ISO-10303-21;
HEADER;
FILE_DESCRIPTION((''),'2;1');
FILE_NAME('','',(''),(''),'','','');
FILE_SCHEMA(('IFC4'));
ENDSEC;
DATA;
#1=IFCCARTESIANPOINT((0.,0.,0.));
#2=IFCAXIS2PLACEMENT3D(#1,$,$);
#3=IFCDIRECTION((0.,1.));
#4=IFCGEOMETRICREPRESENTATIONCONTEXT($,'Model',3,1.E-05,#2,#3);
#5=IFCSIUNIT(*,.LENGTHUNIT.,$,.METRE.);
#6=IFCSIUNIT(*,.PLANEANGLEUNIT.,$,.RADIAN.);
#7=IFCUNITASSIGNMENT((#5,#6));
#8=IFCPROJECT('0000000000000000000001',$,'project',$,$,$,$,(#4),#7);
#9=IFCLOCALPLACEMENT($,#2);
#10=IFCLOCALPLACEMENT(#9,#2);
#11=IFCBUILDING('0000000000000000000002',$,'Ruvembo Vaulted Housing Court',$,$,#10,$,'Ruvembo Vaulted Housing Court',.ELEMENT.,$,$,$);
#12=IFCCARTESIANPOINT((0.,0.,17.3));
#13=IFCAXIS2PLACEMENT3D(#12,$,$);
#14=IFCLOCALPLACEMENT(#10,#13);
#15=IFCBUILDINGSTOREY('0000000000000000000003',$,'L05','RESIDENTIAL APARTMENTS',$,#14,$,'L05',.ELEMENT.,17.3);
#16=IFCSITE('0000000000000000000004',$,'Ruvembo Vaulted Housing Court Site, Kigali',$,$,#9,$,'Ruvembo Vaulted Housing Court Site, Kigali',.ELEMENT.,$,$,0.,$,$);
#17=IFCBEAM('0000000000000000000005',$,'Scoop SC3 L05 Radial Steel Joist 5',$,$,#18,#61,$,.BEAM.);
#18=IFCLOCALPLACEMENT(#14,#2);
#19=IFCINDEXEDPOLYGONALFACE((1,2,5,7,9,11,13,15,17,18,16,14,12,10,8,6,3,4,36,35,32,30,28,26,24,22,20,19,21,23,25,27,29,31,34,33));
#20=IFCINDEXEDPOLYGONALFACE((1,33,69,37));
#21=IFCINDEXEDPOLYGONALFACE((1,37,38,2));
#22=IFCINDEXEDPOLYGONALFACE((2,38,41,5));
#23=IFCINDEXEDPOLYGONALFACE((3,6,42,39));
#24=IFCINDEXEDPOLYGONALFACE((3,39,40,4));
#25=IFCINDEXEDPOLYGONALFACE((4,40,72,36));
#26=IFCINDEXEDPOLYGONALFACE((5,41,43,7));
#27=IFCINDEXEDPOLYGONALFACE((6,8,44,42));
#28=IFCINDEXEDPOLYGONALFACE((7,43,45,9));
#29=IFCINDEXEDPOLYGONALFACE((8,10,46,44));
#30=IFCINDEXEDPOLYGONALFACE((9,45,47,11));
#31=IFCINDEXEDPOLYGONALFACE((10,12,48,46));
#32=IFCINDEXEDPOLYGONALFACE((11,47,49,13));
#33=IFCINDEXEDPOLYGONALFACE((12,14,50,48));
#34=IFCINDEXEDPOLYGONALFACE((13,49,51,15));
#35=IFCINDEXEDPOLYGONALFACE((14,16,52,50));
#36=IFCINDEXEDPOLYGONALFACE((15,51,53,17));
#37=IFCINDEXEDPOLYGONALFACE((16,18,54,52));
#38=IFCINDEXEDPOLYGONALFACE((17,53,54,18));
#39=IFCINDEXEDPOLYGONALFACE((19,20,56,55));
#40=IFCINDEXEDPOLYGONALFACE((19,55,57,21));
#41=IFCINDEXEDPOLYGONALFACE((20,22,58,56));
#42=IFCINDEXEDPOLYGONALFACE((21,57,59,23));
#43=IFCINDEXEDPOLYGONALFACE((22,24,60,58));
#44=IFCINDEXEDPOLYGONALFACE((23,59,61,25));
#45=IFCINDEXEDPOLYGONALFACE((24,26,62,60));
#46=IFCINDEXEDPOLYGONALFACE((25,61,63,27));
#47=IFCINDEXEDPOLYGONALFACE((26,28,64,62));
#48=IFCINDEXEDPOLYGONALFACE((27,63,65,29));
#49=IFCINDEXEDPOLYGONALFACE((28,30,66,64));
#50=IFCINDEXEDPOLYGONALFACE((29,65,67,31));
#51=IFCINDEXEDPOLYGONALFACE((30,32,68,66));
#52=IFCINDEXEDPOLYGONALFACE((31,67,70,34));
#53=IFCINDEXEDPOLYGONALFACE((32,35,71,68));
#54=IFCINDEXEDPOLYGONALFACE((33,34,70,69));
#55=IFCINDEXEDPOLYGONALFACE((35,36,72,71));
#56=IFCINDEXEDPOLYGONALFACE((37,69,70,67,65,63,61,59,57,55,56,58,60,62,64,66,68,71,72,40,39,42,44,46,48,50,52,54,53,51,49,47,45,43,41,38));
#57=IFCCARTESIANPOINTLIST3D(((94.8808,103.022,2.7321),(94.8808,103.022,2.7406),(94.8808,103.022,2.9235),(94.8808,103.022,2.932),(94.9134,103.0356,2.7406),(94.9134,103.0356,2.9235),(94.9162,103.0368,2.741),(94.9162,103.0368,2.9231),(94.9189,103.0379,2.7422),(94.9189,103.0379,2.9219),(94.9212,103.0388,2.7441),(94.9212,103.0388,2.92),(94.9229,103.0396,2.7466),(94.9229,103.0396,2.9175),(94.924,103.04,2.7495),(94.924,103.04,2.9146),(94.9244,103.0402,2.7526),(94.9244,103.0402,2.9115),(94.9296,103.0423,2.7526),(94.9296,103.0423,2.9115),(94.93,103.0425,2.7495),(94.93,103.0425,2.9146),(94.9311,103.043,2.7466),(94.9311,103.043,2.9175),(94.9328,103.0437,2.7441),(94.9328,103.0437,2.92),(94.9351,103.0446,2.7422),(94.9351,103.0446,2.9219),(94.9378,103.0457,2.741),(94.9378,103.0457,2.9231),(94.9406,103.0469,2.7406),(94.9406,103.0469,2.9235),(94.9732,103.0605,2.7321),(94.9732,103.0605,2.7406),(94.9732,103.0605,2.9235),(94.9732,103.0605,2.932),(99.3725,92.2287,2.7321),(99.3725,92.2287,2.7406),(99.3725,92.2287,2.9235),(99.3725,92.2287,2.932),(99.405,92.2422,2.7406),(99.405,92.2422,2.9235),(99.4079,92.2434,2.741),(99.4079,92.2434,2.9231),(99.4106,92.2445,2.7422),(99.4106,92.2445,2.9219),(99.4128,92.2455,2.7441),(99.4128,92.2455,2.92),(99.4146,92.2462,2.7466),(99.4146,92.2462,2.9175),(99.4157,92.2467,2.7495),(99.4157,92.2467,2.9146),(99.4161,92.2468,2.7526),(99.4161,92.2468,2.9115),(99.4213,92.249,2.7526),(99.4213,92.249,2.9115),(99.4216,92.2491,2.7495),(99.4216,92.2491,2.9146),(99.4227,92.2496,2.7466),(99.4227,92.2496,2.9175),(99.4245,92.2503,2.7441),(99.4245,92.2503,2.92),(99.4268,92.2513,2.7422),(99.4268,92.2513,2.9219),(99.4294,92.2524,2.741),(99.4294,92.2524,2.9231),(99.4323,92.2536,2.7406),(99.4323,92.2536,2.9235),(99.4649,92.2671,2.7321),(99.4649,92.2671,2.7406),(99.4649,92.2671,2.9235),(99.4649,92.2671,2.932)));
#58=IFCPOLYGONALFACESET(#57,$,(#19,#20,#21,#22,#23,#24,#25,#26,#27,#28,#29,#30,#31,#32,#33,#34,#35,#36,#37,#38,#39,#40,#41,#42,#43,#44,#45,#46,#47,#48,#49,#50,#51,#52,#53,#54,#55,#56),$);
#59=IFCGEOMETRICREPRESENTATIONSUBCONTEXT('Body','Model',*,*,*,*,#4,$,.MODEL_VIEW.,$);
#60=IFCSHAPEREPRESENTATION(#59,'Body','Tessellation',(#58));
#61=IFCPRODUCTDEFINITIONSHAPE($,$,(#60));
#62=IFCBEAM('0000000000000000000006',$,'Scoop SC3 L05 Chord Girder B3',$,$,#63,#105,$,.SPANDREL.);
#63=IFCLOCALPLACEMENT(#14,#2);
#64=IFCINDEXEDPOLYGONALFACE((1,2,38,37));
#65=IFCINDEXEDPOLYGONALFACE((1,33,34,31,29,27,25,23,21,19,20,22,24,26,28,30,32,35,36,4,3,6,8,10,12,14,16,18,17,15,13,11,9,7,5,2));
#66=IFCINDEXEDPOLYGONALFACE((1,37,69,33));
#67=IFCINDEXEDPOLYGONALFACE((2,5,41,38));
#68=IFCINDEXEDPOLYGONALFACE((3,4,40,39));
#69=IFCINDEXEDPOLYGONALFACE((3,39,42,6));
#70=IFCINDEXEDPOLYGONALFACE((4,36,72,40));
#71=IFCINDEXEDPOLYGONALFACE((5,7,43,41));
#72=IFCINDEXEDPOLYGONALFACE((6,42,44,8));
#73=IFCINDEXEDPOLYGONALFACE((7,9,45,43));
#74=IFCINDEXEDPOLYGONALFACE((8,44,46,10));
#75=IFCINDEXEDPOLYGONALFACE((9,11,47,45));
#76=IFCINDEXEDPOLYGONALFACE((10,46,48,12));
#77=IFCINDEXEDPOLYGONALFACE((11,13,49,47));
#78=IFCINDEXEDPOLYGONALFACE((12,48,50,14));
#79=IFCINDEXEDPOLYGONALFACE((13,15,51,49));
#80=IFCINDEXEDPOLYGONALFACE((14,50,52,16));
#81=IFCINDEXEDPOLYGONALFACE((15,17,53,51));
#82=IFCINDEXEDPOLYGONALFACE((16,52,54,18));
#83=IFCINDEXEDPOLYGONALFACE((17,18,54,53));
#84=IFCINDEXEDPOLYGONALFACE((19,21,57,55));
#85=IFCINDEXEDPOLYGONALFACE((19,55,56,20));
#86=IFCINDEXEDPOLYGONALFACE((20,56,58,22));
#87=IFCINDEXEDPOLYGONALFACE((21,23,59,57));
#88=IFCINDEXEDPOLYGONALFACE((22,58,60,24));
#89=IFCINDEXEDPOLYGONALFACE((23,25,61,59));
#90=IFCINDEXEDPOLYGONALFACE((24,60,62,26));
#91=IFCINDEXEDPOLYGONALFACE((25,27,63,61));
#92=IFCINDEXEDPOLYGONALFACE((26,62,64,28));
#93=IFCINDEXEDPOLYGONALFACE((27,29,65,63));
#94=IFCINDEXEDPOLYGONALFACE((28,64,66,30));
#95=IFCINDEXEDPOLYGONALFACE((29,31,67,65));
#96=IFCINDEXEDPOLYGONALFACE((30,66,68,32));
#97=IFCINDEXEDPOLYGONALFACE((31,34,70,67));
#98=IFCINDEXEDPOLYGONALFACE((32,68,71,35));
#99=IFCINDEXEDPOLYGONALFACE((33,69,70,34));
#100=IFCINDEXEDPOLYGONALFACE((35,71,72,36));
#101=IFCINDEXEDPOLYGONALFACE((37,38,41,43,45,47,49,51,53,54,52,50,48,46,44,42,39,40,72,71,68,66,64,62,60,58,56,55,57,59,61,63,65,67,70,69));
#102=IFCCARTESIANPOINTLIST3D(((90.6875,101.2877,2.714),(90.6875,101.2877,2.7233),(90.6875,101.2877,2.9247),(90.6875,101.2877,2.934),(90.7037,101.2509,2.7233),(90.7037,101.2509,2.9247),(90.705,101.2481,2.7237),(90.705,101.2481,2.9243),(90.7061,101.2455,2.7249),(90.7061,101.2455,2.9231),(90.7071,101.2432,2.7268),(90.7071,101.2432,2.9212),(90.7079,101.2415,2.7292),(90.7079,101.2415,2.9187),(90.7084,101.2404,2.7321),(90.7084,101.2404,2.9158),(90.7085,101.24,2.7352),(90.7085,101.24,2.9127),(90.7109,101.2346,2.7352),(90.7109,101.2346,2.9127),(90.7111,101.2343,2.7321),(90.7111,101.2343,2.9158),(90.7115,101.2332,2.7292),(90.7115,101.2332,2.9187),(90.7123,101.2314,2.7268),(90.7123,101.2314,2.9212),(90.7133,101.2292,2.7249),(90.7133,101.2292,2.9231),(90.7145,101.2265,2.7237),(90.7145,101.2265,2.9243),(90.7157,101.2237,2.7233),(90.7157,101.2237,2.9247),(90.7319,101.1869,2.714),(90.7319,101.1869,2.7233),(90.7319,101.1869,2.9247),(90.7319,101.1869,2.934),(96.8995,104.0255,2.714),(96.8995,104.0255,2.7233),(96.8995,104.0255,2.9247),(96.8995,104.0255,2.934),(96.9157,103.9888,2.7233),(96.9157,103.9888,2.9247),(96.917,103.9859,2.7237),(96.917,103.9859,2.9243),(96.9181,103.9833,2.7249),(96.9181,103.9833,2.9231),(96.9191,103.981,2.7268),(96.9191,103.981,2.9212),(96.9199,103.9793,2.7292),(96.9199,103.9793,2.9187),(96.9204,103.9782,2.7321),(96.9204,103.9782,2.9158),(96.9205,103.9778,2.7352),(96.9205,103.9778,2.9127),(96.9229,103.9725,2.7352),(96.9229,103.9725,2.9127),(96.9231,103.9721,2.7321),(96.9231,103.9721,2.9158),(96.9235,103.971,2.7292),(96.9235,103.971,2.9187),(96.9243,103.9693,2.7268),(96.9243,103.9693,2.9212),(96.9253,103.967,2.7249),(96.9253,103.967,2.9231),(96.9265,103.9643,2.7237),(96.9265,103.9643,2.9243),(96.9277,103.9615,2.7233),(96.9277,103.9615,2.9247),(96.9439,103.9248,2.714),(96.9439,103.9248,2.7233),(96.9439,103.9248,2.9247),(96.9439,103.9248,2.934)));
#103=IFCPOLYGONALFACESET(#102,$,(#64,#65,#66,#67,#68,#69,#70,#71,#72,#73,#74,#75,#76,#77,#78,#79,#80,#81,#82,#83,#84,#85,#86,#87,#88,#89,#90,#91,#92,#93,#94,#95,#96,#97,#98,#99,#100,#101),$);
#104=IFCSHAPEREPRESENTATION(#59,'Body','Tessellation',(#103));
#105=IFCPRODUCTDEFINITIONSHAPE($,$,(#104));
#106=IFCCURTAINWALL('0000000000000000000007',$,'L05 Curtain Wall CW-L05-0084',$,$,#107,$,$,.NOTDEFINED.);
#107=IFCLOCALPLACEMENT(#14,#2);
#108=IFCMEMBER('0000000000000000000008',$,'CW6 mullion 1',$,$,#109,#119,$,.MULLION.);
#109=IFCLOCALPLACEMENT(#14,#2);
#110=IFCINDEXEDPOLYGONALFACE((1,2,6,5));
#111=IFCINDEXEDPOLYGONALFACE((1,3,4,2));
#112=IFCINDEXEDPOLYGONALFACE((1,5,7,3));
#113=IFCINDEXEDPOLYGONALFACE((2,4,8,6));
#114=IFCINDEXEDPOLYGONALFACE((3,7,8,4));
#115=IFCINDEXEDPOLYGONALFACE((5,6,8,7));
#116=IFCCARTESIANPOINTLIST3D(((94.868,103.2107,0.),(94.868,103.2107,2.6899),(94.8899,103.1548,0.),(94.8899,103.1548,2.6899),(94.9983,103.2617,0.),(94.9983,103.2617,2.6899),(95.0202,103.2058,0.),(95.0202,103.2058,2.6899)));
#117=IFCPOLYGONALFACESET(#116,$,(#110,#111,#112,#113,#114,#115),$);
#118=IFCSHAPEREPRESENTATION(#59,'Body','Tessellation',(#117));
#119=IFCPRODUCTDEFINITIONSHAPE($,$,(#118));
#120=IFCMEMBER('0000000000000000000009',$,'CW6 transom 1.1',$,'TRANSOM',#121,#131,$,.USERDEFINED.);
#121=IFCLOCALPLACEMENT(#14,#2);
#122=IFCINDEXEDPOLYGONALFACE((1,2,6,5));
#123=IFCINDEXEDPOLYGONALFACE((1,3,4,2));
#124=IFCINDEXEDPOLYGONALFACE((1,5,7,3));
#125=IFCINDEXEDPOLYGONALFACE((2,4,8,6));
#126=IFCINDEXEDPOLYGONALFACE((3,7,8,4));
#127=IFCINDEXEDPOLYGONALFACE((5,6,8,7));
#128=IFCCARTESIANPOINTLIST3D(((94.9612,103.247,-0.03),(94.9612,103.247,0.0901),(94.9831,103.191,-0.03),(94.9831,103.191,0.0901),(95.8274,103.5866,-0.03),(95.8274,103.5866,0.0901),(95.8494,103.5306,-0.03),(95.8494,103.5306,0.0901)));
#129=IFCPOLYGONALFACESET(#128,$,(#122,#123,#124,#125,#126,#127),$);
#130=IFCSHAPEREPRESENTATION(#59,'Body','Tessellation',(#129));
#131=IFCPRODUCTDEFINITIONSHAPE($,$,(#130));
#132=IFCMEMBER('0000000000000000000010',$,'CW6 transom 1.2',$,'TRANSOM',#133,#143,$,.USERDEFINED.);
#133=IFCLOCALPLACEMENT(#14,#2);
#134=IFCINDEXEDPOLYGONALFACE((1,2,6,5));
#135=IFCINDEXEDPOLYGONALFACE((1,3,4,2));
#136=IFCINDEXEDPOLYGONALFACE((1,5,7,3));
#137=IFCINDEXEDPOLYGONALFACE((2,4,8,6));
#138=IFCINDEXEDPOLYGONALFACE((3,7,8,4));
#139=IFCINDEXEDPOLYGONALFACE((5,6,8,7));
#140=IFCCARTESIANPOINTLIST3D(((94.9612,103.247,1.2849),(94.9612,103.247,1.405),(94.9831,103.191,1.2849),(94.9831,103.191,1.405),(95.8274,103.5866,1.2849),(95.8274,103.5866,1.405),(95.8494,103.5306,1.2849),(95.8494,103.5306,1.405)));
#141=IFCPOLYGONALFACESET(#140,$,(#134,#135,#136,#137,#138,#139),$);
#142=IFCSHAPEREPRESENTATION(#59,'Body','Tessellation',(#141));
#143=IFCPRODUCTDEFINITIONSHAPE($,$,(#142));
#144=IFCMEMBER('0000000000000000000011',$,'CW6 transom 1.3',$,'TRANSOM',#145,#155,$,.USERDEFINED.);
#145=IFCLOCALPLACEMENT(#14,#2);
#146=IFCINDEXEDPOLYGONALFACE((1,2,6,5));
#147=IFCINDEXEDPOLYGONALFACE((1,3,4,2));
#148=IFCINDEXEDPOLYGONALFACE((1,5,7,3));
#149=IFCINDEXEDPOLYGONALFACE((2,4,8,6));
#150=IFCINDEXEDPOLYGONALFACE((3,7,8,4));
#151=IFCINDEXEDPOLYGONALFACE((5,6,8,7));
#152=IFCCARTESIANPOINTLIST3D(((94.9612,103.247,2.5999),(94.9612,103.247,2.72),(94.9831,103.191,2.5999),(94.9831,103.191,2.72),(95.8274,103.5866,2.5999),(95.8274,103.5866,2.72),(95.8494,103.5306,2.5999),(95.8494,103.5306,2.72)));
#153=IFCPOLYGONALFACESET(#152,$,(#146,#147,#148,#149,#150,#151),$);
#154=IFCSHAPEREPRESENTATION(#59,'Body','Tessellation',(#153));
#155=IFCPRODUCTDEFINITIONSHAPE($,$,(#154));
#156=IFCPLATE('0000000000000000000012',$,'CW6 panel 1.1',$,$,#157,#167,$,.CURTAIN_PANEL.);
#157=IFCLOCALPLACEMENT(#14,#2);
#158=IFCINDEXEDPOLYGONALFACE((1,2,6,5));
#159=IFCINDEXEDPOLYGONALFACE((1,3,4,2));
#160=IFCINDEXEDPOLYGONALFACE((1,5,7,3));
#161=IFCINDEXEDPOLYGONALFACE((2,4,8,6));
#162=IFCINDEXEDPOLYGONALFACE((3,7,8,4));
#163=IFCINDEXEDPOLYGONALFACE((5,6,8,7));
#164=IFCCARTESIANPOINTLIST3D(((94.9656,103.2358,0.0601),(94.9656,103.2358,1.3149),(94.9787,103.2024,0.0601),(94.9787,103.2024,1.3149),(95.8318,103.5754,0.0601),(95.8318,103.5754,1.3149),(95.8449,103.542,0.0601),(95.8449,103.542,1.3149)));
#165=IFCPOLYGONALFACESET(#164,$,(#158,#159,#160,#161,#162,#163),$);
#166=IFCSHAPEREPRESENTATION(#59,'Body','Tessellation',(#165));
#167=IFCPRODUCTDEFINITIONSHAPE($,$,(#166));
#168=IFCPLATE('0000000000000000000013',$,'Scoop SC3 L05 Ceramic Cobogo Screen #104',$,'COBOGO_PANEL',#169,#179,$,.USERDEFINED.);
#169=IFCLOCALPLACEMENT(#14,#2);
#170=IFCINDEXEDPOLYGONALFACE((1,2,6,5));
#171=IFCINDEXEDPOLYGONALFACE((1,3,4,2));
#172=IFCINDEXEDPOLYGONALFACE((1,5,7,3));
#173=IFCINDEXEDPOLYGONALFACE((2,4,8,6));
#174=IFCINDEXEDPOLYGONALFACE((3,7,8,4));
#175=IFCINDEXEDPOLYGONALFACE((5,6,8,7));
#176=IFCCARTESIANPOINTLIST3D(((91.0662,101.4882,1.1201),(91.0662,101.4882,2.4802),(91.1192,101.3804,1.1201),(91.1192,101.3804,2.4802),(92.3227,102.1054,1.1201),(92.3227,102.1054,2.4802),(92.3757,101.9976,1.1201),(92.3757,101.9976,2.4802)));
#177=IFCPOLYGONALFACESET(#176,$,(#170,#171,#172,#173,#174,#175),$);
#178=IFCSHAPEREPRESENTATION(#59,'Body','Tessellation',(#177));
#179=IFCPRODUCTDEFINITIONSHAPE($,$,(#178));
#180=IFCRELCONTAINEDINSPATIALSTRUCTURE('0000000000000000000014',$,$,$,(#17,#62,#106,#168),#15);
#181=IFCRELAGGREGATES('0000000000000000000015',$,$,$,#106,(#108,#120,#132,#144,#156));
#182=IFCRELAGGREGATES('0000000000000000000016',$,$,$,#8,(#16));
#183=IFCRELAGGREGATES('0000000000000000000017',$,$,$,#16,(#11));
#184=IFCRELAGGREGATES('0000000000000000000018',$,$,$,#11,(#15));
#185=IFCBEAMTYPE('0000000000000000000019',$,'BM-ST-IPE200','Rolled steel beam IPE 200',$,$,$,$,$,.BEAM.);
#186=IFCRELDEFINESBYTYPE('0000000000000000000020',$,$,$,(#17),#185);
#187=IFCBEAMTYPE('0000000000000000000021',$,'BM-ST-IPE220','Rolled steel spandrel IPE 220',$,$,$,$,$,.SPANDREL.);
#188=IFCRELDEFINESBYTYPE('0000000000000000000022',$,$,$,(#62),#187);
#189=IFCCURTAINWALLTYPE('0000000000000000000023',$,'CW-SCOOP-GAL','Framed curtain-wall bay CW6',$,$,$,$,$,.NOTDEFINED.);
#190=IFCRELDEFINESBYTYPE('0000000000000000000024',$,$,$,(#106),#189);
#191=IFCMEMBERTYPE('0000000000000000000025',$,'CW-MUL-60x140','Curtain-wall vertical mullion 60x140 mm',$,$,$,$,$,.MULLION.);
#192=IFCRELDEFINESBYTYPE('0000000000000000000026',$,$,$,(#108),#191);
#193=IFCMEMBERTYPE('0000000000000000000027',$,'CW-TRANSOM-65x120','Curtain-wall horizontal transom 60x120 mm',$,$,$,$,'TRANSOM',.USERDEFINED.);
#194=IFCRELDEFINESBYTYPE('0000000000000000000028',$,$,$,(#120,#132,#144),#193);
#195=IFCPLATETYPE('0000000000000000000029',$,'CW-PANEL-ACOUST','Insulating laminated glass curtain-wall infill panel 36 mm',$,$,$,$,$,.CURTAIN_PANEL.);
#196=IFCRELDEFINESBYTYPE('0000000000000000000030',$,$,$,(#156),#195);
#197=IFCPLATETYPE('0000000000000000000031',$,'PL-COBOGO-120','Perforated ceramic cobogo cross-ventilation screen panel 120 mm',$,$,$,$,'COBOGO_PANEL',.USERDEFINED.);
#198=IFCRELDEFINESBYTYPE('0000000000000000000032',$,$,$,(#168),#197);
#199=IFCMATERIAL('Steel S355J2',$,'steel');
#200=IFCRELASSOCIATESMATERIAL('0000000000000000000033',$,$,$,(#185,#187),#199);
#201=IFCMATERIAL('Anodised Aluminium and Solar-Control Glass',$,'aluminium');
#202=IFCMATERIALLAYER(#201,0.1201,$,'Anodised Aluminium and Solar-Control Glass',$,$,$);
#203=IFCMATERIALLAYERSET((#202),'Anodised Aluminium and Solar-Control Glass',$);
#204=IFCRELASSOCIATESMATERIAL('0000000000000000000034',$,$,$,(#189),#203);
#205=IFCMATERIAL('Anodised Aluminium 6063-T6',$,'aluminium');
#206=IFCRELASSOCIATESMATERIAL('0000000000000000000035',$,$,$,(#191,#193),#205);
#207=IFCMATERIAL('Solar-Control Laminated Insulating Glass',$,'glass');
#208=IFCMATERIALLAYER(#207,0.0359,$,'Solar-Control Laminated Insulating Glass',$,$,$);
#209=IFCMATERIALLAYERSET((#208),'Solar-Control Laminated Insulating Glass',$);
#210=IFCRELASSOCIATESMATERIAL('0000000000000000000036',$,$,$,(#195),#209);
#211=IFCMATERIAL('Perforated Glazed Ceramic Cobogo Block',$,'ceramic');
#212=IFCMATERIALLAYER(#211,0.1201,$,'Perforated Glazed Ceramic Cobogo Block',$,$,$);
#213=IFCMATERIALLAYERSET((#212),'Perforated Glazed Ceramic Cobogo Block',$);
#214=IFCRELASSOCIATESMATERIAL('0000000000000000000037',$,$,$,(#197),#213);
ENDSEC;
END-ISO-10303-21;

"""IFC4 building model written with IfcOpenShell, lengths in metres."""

from ifc_helpers import new_model, si_unit, direction, frame, origin, origin_2d, place, context, subcontext, project, spatial, rectangle, i_section, extrude, material, layer, layer_set, material_profile, profile_set, type_object, element, aggregate, save


model = new_model("IFC4")

# Units and contexts
model_context = context("Model", 3, precision=1e-05, world=origin(), true_north=direction((0.0, 1.0)))
body_context = subcontext(model_context, "Body", "Model", "MODEL_VIEW")
ifc_project = project(units=[si_unit("LENGTHUNIT", "METRE"), si_unit("PLANEANGLEUNIT", "RADIAN")], contexts=[model_context])

# Site, building, storey
site_placement = place(None, origin())
site = spatial("IfcSite", under=ifc_project, at=site_placement, Name="Ruvembo Vaulted Housing Court Site, Kigali", LongName="Ruvembo Vaulted Housing Court Site, Kigali", CompositionType="ELEMENT", RefElevation=0.0)
building_placement = place(site_placement, origin())
building = spatial("IfcBuilding", under=site, at=building_placement, Name="Ruvembo Vaulted Housing Court", LongName="Ruvembo Vaulted Housing Court", CompositionType="ELEMENT")
storey_placement = place(building_placement, frame((0.0, 0.0, 17.3)))
storey = spatial("IfcBuildingStorey", under=building, at=storey_placement, Name="L05", Description="RESIDENTIAL APARTMENTS", LongName="L05", CompositionType="ELEMENT", Elevation=17.3)

# Beams
ifc_material_1 = material(Name="Steel S355J2", Category="steel")
ifc_material_profile_1 = material_profile(ifc_material_1, i_section(OverallWidth=0.1001, OverallDepth=0.2, WebThickness=0.0056, FlangeThickness=0.0085, FilletRadius=0.012, at=origin_2d()), Name="IPE 200")
ifc_profile_set_1 = profile_set([ifc_material_profile_1], Name="Steel S355J2")
beam_type_1 = type_object("IfcBeamType", Name="BM-ST-IPE200", Description="Rolled steel beam IPE 200", PredefinedType="BEAM", material=ifc_profile_set_1)
beam_1_placement = place(storey_placement, frame((94.927, 103.0413, 2.832), z_axis=(0.384209, -0.923246, 0.0), x_axis=(0.923246, 0.384209, 0.0)))
element("IfcBeam", 1, at=beam_1_placement, inside=storey, type_object=beam_type_1, Name="Scoop SC3 L05 Radial Steel Joist 5", PredefinedType="BEAM", context=body_context, shape_type="SweptSolid", body=[
    extrude(i_section(OverallWidth=0.1001, OverallDepth=0.2, WebThickness=0.0056, FlangeThickness=0.0085, FilletRadius=0.012, at=origin_2d()), origin(), (0.0, 0.0, 1.0), 11.6907),
])
ifc_material_profile_2 = material_profile(ifc_material_1, i_section(OverallWidth=0.1101, OverallDepth=0.22, WebThickness=0.0059, FlangeThickness=0.0093, FilletRadius=0.012, at=origin_2d()), Name="IPE 220")
ifc_profile_set_2 = profile_set([ifc_material_profile_2], Name="Steel S355J2")
beam_type_2 = type_object("IfcBeamType", Name="BM-ST-IPE220", Description="Rolled steel spandrel IPE 220", PredefinedType="SPANDREL", material=ifc_profile_set_2)
beam_2_placement = place(storey_placement, frame((90.7097, 101.2373, 2.824), z_axis=(0.915068, 0.4033, 0.0), x_axis=(-0.4033, 0.915068, 0.0)))
element("IfcBeam", 2, at=beam_2_placement, inside=storey, type_object=beam_type_2, Name="Scoop SC3 L05 Chord Girder B3", PredefinedType="SPANDREL", context=body_context, shape_type="SweptSolid", body=[
    extrude(i_section(OverallWidth=0.1101, OverallDepth=0.22, WebThickness=0.0059, FlangeThickness=0.0093, FilletRadius=0.012, at=origin_2d()), origin(), (0.0, 0.0, 1.0), 6.7886),
])

# Curtain wall, members, plate
ifc_material_2 = material(Name="Anodised Aluminium and Solar-Control Glass", Category="aluminium")
ifc_layer_1 = layer(ifc_material_2, 0.1201, Name="Anodised Aluminium and Solar-Control Glass")
ifc_layer_set_1 = layer_set([ifc_layer_1], Name="Anodised Aluminium and Solar-Control Glass")
curtain_wall_type = type_object("IfcCurtainWallType", Name="CW-SCOOP-GAL", Description="Framed curtain-wall bay CW6", PredefinedType="NOTDEFINED", material=ifc_layer_set_1)
curtain_wall_placement = place(storey_placement, origin())
curtain_wall = element("IfcCurtainWall", 3, at=curtain_wall_placement, inside=storey, type_object=curtain_wall_type, Name="L05 Curtain Wall CW-L05-0084", PredefinedType="NOTDEFINED")
ifc_material_3 = material(Name="Anodised Aluminium 6063-T6", Category="aluminium")
ifc_material_profile_3 = material_profile(ifc_material_3, rectangle(XDim=0.0601, YDim=0.1399, at=origin_2d()), Name="ALU 60x140")
ifc_profile_set_3 = profile_set([ifc_material_profile_3], Name="Anodised Aluminium 6063-T6")
member_type_1 = type_object("IfcMemberType", Name="CW-MUL-60x140", Description="Curtain-wall vertical mullion 60x140 mm", PredefinedType="MULLION", material=ifc_profile_set_3)
member_1_placement = place(storey_placement, frame((94.9441, 103.2083, 0.0), z_axis=(0.0, 0.0, 1.0), x_axis=(-0.365003, 0.931006, 0.0)))
member_1 = element("IfcMember", 4, at=member_1_placement, type_object=member_type_1, Name="CW6 mullion 1", PredefinedType="MULLION", context=body_context, shape_type="SweptSolid", body=[
    extrude(rectangle(XDim=0.0601, YDim=0.1399, at=origin_2d()), origin(), (0.0, 0.0, 1.0), 2.6899),
])
ifc_material_profile_4 = material_profile(ifc_material_3, rectangle(XDim=0.0601, YDim=0.1201, at=origin_2d()), Name="ALU 60x120")
ifc_profile_set_4 = profile_set([ifc_material_profile_4], Name="Anodised Aluminium 6063-T6")
member_type_2 = type_object("IfcMemberType", Name="CW-TRANSOM-65x120", Description="Curtain-wall horizontal transom 60x120 mm", ElementType="TRANSOM", PredefinedType="USERDEFINED", material=ifc_profile_set_4)
member_2_placement = place(storey_placement, frame((94.9722, 103.219, 0.03), z_axis=(0.931006, 0.365003, 0.0), x_axis=(-0.365003, 0.931006, 0.0)))
member_2 = element("IfcMember", 5, at=member_2_placement, type_object=member_type_2, Name="CW6 transom 1.1", ObjectType="TRANSOM", PredefinedType="USERDEFINED", context=body_context, shape_type="SweptSolid", body=[
    extrude(rectangle(XDim=0.0601, YDim=0.1201, at=origin_2d()), origin(), (0.0, 0.0, 1.0), 0.9304),
])
member_3_placement = place(storey_placement, frame((94.9722, 103.219, 1.345), z_axis=(0.931006, 0.365003, 0.0), x_axis=(-0.365003, 0.931006, 0.0)))
member_3 = element("IfcMember", 6, at=member_3_placement, type_object=member_type_2, Name="CW6 transom 1.2", ObjectType="TRANSOM", PredefinedType="USERDEFINED", context=body_context, shape_type="SweptSolid", body=[
    extrude(rectangle(XDim=0.0601, YDim=0.1201, at=origin_2d()), origin(), (0.0, 0.0, 1.0), 0.9304),
])
member_4_placement = place(storey_placement, frame((94.9722, 103.219, 2.6599), z_axis=(0.931006, 0.365003, 0.0), x_axis=(-0.365003, 0.931006, 0.0)))
member_4 = element("IfcMember", 7, at=member_4_placement, type_object=member_type_2, Name="CW6 transom 1.3", ObjectType="TRANSOM", PredefinedType="USERDEFINED", context=body_context, shape_type="SweptSolid", body=[
    extrude(rectangle(XDim=0.0601, YDim=0.1201, at=origin_2d()), origin(), (0.0, 0.0, 1.0), 0.9304),
])
ifc_material_4 = material(Name="Solar-Control Laminated Insulating Glass", Category="glass")
ifc_layer_2 = layer(ifc_material_4, 0.0359, Name="Solar-Control Laminated Insulating Glass")
ifc_layer_set_2 = layer_set([ifc_layer_2], Name="Solar-Control Laminated Insulating Glass")
plate_type_1 = type_object("IfcPlateType", Name="CW-PANEL-ACOUST", Description="Insulating laminated glass curtain-wall infill panel 36 mm", PredefinedType="CURTAIN_PANEL", material=ifc_layer_set_2)
plate_1_placement = place(storey_placement, frame((95.4053, 103.3889, 0.0601), z_axis=(0.0, 0.0, 1.0), x_axis=(0.931006, 0.365003, 0.0)))
plate_1 = element("IfcPlate", 8, at=plate_1_placement, type_object=plate_type_1, Name="CW6 panel 1.1", PredefinedType="CURTAIN_PANEL", context=body_context, shape_type="SweptSolid", body=[
    extrude(rectangle(XDim=0.9304, YDim=0.0359, at=origin_2d()), origin(), (0.0, 0.0, 1.0), 1.2549),
])
aggregate(curtain_wall, [member_1, member_2, member_3, member_4, plate_1])

# Plate
ifc_material_5 = material(Name="Perforated Glazed Ceramic Cobogo Block", Category="ceramic")
ifc_layer_3 = layer(ifc_material_5, 0.1201, Name="Perforated Glazed Ceramic Cobogo Block")
ifc_layer_set_3 = layer_set([ifc_layer_3], Name="Perforated Glazed Ceramic Cobogo Block")
plate_type_2 = type_object("IfcPlateType", Name="PL-COBOGO-120", Description="Perforated ceramic cobogo cross-ventilation screen panel 120 mm", ElementType="COBOGO_PANEL", PredefinedType="USERDEFINED", material=ifc_layer_set_3)
plate_2_placement = place(storey_placement, frame((91.7209, 101.7429, 1.1201), z_axis=(0.0, 0.0, 1.0), x_axis=(0.897559, 0.440895, 0.0)))
element("IfcPlate", 9, at=plate_2_placement, inside=storey, type_object=plate_type_2, Name="Scoop SC3 L05 Ceramic Cobogo Screen #104", ObjectType="COBOGO_PANEL", PredefinedType="USERDEFINED", context=body_context, shape_type="SweptSolid", body=[
    extrude(rectangle(XDim=1.3999, YDim=0.1201, at=origin_2d()), origin(), (0.0, 0.0, 1.0), 1.3601),
])

save(model, "model.ifc")
